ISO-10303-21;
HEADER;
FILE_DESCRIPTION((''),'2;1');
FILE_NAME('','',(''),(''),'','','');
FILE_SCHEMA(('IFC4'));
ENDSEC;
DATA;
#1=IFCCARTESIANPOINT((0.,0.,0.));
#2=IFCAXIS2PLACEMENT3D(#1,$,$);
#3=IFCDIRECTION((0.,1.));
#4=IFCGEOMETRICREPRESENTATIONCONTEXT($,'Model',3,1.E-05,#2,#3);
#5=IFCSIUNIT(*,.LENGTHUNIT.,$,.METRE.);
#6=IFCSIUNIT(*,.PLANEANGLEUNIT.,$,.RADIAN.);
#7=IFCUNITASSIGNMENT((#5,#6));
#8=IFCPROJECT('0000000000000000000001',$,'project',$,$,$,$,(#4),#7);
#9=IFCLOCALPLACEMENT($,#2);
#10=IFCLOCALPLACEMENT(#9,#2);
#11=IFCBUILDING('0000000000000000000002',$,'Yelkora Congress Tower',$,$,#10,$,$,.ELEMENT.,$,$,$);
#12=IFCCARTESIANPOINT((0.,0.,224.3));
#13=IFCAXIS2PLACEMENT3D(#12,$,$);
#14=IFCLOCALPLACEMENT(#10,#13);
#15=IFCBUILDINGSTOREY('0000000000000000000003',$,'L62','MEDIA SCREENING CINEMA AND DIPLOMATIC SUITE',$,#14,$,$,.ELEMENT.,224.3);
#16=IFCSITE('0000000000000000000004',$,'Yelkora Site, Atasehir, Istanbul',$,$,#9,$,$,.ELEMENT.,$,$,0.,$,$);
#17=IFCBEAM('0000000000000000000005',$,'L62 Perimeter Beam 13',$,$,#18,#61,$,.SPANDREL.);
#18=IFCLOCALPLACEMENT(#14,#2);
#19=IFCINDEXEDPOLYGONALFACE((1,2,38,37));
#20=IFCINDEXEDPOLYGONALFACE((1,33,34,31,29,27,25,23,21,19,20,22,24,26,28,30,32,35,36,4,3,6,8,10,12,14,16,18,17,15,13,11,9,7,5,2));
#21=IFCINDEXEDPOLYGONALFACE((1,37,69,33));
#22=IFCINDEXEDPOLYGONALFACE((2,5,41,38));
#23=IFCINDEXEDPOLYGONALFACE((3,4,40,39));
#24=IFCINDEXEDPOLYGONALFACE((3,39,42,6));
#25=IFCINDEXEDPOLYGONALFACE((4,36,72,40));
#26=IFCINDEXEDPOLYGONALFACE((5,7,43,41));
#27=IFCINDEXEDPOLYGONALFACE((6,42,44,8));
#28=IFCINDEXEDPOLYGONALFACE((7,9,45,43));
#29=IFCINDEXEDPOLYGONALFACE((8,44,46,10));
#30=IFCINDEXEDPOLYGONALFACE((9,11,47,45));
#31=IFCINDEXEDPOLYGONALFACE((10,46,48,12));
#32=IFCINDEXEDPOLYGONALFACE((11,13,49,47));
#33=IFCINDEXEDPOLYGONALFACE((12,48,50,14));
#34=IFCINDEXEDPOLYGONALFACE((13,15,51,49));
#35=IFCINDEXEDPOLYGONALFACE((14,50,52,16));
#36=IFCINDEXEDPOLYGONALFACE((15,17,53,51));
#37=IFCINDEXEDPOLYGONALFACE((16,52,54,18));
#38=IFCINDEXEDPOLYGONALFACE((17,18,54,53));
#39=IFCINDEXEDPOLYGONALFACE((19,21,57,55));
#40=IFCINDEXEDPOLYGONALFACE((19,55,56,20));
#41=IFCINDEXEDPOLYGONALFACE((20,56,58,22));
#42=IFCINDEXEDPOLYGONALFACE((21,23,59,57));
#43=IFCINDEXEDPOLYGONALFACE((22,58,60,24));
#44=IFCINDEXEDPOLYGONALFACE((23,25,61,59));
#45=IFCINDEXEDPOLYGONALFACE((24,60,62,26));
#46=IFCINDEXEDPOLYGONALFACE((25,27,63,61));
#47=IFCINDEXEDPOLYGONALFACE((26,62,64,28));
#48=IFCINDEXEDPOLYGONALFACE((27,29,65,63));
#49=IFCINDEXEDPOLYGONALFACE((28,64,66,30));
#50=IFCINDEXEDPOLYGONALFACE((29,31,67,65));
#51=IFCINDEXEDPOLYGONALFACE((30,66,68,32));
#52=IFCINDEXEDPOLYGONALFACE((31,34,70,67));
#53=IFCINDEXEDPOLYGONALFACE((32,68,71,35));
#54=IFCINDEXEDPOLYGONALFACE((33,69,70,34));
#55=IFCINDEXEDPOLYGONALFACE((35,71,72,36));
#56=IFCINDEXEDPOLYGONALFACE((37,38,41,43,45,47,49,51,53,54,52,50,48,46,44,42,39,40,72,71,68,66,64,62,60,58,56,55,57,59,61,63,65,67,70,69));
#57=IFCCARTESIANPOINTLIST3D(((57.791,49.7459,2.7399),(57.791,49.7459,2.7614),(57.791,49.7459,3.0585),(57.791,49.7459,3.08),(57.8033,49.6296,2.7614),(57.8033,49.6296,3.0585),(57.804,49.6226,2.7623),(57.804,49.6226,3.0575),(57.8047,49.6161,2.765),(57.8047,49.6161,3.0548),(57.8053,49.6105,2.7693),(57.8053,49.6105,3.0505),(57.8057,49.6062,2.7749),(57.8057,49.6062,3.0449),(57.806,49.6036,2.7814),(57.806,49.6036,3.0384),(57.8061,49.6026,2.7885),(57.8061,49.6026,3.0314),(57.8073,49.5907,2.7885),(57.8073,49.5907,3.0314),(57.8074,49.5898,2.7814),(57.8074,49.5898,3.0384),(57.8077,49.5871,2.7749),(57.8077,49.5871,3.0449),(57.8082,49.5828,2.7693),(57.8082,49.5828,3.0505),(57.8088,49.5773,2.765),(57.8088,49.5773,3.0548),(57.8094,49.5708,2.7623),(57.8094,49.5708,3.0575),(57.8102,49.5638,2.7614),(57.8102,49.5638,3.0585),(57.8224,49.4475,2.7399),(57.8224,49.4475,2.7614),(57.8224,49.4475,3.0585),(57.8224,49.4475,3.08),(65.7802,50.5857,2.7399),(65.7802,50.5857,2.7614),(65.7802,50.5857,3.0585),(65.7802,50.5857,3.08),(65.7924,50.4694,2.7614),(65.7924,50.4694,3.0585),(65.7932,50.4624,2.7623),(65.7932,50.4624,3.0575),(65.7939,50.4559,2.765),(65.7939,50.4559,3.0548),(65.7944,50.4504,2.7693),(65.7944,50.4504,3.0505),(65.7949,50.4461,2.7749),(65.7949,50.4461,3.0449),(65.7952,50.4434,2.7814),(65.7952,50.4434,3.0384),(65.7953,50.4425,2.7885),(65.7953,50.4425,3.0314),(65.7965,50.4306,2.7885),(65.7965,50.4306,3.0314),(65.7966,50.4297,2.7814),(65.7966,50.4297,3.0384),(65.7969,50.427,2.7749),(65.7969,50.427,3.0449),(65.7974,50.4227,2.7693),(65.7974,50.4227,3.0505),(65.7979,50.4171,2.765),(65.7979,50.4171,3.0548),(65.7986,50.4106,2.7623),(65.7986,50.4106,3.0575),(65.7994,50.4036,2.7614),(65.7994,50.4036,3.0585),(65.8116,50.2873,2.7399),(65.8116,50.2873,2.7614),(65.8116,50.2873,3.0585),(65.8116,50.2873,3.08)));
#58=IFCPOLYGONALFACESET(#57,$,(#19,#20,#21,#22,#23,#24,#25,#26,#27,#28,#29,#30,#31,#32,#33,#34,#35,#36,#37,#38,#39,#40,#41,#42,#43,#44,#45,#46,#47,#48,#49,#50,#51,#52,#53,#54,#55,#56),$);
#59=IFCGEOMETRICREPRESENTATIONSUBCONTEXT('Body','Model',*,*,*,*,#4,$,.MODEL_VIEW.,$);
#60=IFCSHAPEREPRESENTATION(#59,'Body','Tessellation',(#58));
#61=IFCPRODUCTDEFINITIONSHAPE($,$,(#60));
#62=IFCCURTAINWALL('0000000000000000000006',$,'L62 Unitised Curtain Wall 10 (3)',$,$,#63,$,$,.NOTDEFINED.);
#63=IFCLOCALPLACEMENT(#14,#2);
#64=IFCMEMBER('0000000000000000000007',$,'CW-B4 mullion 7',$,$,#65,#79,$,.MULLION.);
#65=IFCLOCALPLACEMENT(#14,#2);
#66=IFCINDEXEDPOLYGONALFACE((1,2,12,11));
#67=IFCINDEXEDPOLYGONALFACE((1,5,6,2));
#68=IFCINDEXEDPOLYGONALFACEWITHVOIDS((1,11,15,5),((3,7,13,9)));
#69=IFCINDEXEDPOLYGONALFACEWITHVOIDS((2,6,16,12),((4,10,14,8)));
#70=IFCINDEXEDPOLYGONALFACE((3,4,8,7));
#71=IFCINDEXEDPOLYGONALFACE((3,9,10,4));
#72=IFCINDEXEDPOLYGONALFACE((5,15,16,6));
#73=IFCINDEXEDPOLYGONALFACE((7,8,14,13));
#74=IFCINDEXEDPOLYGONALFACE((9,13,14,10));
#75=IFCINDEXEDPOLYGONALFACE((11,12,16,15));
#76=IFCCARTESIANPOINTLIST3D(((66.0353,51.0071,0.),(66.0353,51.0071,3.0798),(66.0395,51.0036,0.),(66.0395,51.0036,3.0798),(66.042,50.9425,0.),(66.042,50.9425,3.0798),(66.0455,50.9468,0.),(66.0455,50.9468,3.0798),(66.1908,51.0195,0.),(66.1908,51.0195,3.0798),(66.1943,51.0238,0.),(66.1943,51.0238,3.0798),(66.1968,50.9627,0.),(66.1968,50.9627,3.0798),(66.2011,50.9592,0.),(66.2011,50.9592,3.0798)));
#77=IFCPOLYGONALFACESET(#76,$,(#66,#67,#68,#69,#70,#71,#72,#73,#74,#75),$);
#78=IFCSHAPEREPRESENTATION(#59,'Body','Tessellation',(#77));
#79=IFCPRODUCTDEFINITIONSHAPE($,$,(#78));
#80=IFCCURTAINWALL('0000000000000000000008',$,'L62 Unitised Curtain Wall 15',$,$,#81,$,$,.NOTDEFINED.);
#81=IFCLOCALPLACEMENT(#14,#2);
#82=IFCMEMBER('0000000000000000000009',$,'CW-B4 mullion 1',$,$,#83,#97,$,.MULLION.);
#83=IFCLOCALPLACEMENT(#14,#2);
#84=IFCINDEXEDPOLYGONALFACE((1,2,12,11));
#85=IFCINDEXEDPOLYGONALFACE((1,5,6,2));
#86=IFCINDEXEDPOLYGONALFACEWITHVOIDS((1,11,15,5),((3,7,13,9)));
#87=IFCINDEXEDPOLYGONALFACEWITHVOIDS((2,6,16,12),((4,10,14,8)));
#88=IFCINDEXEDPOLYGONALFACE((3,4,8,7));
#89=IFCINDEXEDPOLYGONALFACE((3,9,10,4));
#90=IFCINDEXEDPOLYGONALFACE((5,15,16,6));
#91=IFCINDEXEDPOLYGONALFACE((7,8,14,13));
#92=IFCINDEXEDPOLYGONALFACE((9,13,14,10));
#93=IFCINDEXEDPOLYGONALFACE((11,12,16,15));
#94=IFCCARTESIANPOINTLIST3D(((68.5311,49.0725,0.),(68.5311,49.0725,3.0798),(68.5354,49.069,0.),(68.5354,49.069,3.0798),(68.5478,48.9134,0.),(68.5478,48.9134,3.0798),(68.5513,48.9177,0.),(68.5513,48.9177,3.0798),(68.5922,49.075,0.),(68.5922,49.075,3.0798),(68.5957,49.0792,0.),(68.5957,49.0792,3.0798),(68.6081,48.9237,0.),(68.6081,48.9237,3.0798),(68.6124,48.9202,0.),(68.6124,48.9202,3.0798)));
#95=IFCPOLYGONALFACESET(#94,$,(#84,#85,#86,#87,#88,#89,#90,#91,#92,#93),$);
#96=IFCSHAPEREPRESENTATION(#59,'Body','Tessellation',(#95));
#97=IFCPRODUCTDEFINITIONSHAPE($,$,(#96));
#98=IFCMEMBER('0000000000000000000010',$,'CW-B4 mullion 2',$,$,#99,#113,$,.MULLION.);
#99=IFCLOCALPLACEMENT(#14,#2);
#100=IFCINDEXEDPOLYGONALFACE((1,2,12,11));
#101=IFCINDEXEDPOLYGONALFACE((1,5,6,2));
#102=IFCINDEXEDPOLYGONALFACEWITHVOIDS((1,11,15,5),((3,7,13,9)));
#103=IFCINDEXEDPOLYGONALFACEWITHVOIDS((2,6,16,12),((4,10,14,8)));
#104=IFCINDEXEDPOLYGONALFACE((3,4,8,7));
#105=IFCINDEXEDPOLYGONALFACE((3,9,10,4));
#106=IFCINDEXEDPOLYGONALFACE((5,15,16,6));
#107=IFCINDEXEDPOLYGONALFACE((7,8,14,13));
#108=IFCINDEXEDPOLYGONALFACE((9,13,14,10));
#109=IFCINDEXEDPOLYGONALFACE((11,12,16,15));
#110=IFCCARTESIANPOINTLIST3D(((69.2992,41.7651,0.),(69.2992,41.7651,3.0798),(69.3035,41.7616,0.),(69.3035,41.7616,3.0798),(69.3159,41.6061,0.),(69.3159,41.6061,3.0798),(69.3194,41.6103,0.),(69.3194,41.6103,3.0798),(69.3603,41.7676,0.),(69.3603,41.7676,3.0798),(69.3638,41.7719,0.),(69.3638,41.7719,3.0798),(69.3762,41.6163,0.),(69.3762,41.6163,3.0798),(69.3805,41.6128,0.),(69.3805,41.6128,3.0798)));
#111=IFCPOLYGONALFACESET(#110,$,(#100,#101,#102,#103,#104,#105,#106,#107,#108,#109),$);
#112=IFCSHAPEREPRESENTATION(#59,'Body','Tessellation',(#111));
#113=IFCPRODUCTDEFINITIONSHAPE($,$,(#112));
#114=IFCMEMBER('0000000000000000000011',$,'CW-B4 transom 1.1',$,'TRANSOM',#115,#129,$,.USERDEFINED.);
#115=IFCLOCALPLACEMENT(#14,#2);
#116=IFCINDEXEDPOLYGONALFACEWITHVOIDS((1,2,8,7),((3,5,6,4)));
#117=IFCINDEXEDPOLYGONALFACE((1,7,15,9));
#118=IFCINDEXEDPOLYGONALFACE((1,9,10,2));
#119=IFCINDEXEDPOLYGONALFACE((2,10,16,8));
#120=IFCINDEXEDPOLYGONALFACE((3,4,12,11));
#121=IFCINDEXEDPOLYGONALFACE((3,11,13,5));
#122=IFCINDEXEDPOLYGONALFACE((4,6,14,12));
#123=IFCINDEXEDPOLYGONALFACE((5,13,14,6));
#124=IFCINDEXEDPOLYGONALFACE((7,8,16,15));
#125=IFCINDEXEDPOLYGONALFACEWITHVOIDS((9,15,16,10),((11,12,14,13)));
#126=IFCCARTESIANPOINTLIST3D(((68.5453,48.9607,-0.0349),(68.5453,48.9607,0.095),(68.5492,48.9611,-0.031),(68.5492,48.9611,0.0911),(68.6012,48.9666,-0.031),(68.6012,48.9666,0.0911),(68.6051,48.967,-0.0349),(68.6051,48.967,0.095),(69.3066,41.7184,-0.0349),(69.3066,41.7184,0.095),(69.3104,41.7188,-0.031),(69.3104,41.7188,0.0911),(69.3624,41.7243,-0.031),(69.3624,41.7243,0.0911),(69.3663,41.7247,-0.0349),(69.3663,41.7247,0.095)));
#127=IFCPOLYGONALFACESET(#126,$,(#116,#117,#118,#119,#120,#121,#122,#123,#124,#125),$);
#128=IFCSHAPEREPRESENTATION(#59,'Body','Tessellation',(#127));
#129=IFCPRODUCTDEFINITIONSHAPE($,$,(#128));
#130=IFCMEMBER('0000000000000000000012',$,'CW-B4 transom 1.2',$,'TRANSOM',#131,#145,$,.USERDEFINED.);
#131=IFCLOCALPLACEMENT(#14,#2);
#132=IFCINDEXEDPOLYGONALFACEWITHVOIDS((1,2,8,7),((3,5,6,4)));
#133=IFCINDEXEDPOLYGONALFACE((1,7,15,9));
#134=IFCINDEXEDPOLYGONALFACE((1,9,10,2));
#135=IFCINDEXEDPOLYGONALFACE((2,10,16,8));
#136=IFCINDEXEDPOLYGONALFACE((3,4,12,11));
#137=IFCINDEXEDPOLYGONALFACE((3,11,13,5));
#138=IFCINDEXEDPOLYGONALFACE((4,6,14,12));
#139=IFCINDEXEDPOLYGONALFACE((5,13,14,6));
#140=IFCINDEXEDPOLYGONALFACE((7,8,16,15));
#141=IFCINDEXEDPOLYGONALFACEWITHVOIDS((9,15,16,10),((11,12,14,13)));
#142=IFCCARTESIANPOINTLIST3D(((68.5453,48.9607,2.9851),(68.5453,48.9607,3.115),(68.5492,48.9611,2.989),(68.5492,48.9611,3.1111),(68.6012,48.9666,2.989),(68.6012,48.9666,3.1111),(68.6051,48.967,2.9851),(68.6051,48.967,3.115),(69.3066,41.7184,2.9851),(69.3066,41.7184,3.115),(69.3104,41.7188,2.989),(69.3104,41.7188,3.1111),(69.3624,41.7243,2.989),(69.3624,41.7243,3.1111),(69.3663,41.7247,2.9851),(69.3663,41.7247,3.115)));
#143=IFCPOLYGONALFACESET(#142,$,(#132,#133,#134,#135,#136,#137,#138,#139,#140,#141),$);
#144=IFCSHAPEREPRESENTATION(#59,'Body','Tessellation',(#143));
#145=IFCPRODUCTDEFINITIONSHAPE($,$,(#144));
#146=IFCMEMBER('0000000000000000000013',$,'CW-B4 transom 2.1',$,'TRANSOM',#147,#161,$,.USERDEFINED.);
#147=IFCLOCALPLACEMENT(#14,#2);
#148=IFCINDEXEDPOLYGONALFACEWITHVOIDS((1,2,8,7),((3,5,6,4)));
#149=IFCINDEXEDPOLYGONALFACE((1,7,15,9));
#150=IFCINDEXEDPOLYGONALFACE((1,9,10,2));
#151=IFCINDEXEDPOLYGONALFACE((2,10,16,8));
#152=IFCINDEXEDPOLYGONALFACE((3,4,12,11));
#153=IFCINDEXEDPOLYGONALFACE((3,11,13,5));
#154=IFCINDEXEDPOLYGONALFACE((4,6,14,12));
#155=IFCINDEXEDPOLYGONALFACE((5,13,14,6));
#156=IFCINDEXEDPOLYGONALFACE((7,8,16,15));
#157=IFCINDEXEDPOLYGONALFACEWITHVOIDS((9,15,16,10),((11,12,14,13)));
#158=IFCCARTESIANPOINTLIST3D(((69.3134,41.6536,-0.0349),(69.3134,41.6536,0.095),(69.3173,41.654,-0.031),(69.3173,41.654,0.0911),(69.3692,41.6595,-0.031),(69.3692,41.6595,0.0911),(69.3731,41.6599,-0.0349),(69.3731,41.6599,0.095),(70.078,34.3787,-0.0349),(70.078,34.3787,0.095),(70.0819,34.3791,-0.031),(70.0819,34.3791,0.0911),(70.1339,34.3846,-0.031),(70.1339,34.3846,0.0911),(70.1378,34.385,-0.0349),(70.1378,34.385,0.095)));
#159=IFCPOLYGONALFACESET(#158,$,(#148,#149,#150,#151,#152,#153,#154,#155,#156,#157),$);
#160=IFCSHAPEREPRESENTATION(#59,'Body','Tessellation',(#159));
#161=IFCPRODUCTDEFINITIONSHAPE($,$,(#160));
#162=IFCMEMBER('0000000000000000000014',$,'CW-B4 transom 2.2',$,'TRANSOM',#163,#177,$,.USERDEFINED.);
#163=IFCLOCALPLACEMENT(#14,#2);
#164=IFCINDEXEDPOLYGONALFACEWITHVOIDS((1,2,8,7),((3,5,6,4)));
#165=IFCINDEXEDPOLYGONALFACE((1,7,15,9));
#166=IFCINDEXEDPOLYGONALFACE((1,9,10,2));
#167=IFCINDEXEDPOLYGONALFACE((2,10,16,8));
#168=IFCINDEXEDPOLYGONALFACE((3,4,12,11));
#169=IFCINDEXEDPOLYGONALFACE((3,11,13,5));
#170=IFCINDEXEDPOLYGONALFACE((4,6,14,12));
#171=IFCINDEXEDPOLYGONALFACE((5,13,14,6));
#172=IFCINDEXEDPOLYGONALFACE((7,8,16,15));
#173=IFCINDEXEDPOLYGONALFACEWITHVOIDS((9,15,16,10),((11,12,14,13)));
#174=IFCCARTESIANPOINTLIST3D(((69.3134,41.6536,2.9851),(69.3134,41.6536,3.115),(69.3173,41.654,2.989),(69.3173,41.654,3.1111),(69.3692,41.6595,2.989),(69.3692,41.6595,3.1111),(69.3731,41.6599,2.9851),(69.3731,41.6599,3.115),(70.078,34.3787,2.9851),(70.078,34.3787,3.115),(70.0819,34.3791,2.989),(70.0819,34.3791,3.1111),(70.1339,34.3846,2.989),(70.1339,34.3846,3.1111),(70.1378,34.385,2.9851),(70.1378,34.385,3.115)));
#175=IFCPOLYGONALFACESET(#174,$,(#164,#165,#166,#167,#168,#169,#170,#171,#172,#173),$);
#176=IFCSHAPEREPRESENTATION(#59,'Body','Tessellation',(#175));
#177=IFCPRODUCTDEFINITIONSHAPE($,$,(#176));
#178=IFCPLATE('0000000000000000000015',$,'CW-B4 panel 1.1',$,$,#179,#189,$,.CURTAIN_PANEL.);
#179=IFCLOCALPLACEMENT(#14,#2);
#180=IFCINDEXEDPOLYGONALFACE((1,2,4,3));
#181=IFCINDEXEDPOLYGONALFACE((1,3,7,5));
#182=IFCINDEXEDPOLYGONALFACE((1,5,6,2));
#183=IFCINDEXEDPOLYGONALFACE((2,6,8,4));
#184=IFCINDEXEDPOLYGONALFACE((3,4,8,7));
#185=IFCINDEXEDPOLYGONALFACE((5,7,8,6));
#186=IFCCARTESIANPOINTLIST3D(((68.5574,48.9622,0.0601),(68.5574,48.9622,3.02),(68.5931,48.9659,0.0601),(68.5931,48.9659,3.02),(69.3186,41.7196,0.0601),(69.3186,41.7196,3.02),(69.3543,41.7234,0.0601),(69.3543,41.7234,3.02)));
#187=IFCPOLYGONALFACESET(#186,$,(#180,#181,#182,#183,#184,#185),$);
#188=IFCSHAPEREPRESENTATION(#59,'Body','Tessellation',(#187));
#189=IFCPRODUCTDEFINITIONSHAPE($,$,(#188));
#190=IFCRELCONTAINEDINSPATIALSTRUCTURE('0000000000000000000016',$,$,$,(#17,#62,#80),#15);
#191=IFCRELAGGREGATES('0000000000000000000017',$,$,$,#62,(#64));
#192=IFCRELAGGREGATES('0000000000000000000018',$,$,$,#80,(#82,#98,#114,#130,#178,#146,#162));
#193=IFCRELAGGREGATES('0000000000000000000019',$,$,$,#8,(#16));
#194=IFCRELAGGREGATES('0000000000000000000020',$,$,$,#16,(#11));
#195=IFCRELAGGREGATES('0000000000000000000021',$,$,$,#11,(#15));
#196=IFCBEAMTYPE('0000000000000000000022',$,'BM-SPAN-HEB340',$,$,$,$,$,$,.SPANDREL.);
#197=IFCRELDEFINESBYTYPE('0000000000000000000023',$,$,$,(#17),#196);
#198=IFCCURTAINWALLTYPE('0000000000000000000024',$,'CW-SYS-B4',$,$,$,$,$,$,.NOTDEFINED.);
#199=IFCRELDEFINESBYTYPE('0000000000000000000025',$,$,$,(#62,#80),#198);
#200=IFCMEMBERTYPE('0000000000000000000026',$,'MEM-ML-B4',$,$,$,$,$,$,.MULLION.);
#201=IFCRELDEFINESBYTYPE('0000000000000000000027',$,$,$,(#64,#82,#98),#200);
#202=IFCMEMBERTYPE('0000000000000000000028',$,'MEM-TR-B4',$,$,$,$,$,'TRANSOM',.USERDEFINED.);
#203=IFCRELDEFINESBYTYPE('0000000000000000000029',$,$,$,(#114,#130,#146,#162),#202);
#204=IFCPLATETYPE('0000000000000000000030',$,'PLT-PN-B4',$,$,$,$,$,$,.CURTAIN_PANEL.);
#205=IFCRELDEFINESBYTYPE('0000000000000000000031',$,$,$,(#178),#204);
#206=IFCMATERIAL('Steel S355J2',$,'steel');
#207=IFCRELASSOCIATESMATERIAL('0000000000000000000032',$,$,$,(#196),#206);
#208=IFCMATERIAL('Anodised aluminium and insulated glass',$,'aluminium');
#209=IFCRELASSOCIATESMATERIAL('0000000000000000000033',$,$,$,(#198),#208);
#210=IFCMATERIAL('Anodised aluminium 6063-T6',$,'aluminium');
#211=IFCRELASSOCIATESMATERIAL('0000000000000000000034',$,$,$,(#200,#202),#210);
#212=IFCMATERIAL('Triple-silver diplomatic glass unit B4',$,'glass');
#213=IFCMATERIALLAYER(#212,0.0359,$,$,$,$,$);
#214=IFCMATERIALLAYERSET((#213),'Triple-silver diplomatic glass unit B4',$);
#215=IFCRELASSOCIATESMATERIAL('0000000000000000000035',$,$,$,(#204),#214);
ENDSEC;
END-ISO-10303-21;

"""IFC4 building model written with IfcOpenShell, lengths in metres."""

from ifc_helpers import new_model, si_unit, direction, frame, origin, origin_2d, place, context, subcontext, project, spatial, rectangle, hollow_rectangle, i_section, extrude, material, layer, layer_set, material_profile, profile_set, type_object, element, aggregate, save


model = new_model("IFC4")

# Units and contexts
model_context = context("Model", 3, precision=1e-05, world=origin(), true_north=direction((0.0, 1.0)))
body_context = subcontext(model_context, "Body", "Model", "MODEL_VIEW")
ifc_project = project(units=[si_unit("LENGTHUNIT", "METRE"), si_unit("PLANEANGLEUNIT", "RADIAN")], contexts=[model_context])

# Site, building, storey
site_placement = place(None, origin())
site = spatial("IfcSite", under=ifc_project, at=site_placement, Name="Yelkora Site, Atasehir, Istanbul", CompositionType="ELEMENT", RefElevation=0.0)
building_placement = place(site_placement, origin())
building = spatial("IfcBuilding", under=site, at=building_placement, Name="Yelkora Congress Tower", CompositionType="ELEMENT")
storey_placement = place(building_placement, frame((0.0, 0.0, 224.3)))
storey = spatial("IfcBuildingStorey", under=building, at=storey_placement, Name="L62", Description="MEDIA SCREENING CINEMA AND DIPLOMATIC SUITE", CompositionType="ELEMENT", Elevation=224.3)

# Shared definitions
ifc_material_1 = material(Name="Steel S355J2", Category="steel")

# Beam
ifc_material_profile_1 = material_profile(ifc_material_1, i_section(OverallWidth=0.3, OverallDepth=0.3401, WebThickness=0.012, FlangeThickness=0.0215, FilletRadius=0.0271, at=origin_2d()), Name="HEB 340")
ifc_profile_set_1 = profile_set([ifc_material_profile_1], Name="Steel S355J2")
beam_type_1 = type_object("IfcBeamType", Name="BM-SPAN-HEB340", PredefinedType="SPANDREL", material=ifc_profile_set_1)
beam_1_placement = place(storey_placement, frame((65.7959, 50.4365, 2.9099), z_axis=(-0.99452, -0.104546, 0.0), x_axis=(0.104546, -0.99452, 0.0)))
element("IfcBeam", 1, at=beam_1_placement, inside=storey, type_object=beam_type_1, Name="L62 Perimeter Beam 13", PredefinedType="SPANDREL", context=body_context, shape_type="SweptSolid", body=[
    extrude(i_section(OverallWidth=0.3, OverallDepth=0.3401, WebThickness=0.012, FlangeThickness=0.0215, FilletRadius=0.0271, at=origin_2d()), origin(), (0.0, 0.0, 1.0), 8.0332),
])

# Curtain wall, member
ifc_material_2 = material(Name="Anodised aluminium and insulated glass", Category="aluminium")
curtain_wall_type = type_object("IfcCurtainWallType", Name="CW-SYS-B4", PredefinedType="NOTDEFINED", material=ifc_material_2)
curtain_wall_1_placement = place(storey_placement, origin())
curtain_wall_1 = element("IfcCurtainWall", 2, at=curtain_wall_1_placement, inside=storey, type_object=curtain_wall_type, Name="L62 Unitised Curtain Wall 10 (3)", PredefinedType="NOTDEFINED")
ifc_material_3 = material(Name="Anodised aluminium 6063-T6", Category="aluminium")
ifc_material_profile_2 = material_profile(ifc_material_3, hollow_rectangle(XDim=0.0649, YDim=0.1599, WallThickness=0.0039, at=origin_2d()), Name="ALU 65x160x4")
ifc_profile_set_2 = profile_set([ifc_material_profile_2], Name="Anodised aluminium 6063-T6")
member_type_1 = type_object("IfcMemberType", Name="MEM-ML-B4", PredefinedType="MULLION", material=ifc_profile_set_2)
member_1_placement = place(storey_placement, frame((66.1182, 50.9832, 0.0), z_axis=(0.0, 0.0, 1.0), x_axis=(-0.104528, 0.994522, 0.0)))
member_1 = element("IfcMember", 3, at=member_1_placement, type_object=member_type_1, Name="CW-B4 mullion 7", PredefinedType="MULLION", context=body_context, shape_type="SweptSolid", body=[
    extrude(hollow_rectangle(XDim=0.0649, YDim=0.1599, WallThickness=0.0039, at=origin_2d()), origin(), (0.0, 0.0, 1.0), 3.0798),
])
aggregate(curtain_wall_1, [member_1])

# Curtain wall, members, plate
curtain_wall_2_placement = place(storey_placement, origin())
curtain_wall_2 = element("IfcCurtainWall", 4, at=curtain_wall_2_placement, inside=storey, type_object=curtain_wall_type, Name="L62 Unitised Curtain Wall 15", PredefinedType="NOTDEFINED")
member_2_placement = place(storey_placement, frame((68.5718, 48.9963, 0.0), z_axis=(0.0, 0.0, 1.0), x_axis=(0.994522, 0.104526, 0.0)))
member_2 = element("IfcMember", 5, at=member_2_placement, type_object=member_type_1, Name="CW-B4 mullion 1", PredefinedType="MULLION", context=body_context, shape_type="SweptSolid", body=[
    extrude(hollow_rectangle(XDim=0.0649, YDim=0.1599, WallThickness=0.0039, at=origin_2d()), origin(), (0.0, 0.0, 1.0), 3.0798),
])
member_3_placement = place(storey_placement, frame((69.3398, 41.689, 0.0), z_axis=(0.0, 0.0, 1.0), x_axis=(0.994522, 0.104526, 0.0)))
member_3 = element("IfcMember", 6, at=member_3_placement, type_object=member_type_1, Name="CW-B4 mullion 2", PredefinedType="MULLION", context=body_context, shape_type="SweptSolid", body=[
    extrude(hollow_rectangle(XDim=0.0649, YDim=0.1599, WallThickness=0.0039, at=origin_2d()), origin(), (0.0, 0.0, 1.0), 3.0798),
])
ifc_material_profile_3 = material_profile(ifc_material_3, hollow_rectangle(XDim=0.0601, YDim=0.1299, WallThickness=0.0039, at=origin_2d()), Name="ALU 60x130x4")
ifc_profile_set_3 = profile_set([ifc_material_profile_3], Name="Anodised aluminium 6063-T6")
member_type_2 = type_object("IfcMemberType", Name="MEM-TR-B4", ElementType="TRANSOM", PredefinedType="USERDEFINED", material=ifc_profile_set_3)
member_4_placement = place(storey_placement, frame((68.5752, 48.9639, 0.03), z_axis=(0.104531, -0.994522, 0.0), x_axis=(0.994522, 0.104531, 0.0)))
member_4 = element("IfcMember", 7, at=member_4_placement, type_object=member_type_2, Name="CW-B4 transom 1.1", ObjectType="TRANSOM", PredefinedType="USERDEFINED", context=body_context, shape_type="SweptSolid", body=[
    extrude(hollow_rectangle(XDim=0.0601, YDim=0.1299, WallThickness=0.0039, at=origin_2d()), origin(), (0.0, 0.0, 1.0), 7.2822),
])
member_5_placement = place(storey_placement, frame((68.5752, 48.9639, 3.05), z_axis=(0.104531, -0.994522, 0.0), x_axis=(0.994522, 0.104531, 0.0)))
member_5 = element("IfcMember", 8, at=member_5_placement, type_object=member_type_2, Name="CW-B4 transom 1.2", ObjectType="TRANSOM", PredefinedType="USERDEFINED", context=body_context, shape_type="SweptSolid", body=[
    extrude(hollow_rectangle(XDim=0.0601, YDim=0.1299, WallThickness=0.0039, at=origin_2d()), origin(), (0.0, 0.0, 1.0), 7.2822),
])
member_6_placement = place(storey_placement, frame((69.3433, 41.6567, 0.03), z_axis=(0.104532, -0.994522, 0.0), x_axis=(0.994522, 0.104532, 0.0)))
member_6 = element("IfcMember", 9, at=member_6_placement, type_object=member_type_2, Name="CW-B4 transom 2.1", ObjectType="TRANSOM", PredefinedType="USERDEFINED", context=body_context, shape_type="SweptSolid", body=[
    extrude(hollow_rectangle(XDim=0.0601, YDim=0.1299, WallThickness=0.0039, at=origin_2d()), origin(), (0.0, 0.0, 1.0), 7.3149),
])
member_7_placement = place(storey_placement, frame((69.3433, 41.6567, 3.05), z_axis=(0.104532, -0.994522, 0.0), x_axis=(0.994522, 0.104532, 0.0)))
member_7 = element("IfcMember", 10, at=member_7_placement, type_object=member_type_2, Name="CW-B4 transom 2.2", ObjectType="TRANSOM", PredefinedType="USERDEFINED", context=body_context, shape_type="SweptSolid", body=[
    extrude(hollow_rectangle(XDim=0.0601, YDim=0.1299, WallThickness=0.0039, at=origin_2d()), origin(), (0.0, 0.0, 1.0), 7.3149),
])
ifc_material_4 = material(Name="Triple-silver diplomatic glass unit B4", Category="glass")
ifc_layer_1 = layer(ifc_material_4, 0.0359)
ifc_layer_set_1 = layer_set([ifc_layer_1], Name="Triple-silver diplomatic glass unit B4")
plate_type = type_object("IfcPlateType", Name="PLT-PN-B4", PredefinedType="CURTAIN_PANEL", material=ifc_layer_set_1)
plate_1_placement = place(storey_placement, frame((68.9558, 45.3428, 0.0601), z_axis=(0.0, 0.0, 1.0), x_axis=(0.104526, -0.994522, 0.0)))
plate_1 = element("IfcPlate", 11, at=plate_1_placement, type_object=plate_type, Name="CW-B4 panel 1.1", PredefinedType="CURTAIN_PANEL", context=body_context, shape_type="SweptSolid", body=[
    extrude(rectangle(XDim=7.2825, YDim=0.0359, at=origin_2d()), origin(), (0.0, 0.0, 1.0), 2.96),
])
aggregate(curtain_wall_2, [member_2, member_3, member_4, member_5, plate_1, member_6, member_7])

save(model, "model.ifc")
